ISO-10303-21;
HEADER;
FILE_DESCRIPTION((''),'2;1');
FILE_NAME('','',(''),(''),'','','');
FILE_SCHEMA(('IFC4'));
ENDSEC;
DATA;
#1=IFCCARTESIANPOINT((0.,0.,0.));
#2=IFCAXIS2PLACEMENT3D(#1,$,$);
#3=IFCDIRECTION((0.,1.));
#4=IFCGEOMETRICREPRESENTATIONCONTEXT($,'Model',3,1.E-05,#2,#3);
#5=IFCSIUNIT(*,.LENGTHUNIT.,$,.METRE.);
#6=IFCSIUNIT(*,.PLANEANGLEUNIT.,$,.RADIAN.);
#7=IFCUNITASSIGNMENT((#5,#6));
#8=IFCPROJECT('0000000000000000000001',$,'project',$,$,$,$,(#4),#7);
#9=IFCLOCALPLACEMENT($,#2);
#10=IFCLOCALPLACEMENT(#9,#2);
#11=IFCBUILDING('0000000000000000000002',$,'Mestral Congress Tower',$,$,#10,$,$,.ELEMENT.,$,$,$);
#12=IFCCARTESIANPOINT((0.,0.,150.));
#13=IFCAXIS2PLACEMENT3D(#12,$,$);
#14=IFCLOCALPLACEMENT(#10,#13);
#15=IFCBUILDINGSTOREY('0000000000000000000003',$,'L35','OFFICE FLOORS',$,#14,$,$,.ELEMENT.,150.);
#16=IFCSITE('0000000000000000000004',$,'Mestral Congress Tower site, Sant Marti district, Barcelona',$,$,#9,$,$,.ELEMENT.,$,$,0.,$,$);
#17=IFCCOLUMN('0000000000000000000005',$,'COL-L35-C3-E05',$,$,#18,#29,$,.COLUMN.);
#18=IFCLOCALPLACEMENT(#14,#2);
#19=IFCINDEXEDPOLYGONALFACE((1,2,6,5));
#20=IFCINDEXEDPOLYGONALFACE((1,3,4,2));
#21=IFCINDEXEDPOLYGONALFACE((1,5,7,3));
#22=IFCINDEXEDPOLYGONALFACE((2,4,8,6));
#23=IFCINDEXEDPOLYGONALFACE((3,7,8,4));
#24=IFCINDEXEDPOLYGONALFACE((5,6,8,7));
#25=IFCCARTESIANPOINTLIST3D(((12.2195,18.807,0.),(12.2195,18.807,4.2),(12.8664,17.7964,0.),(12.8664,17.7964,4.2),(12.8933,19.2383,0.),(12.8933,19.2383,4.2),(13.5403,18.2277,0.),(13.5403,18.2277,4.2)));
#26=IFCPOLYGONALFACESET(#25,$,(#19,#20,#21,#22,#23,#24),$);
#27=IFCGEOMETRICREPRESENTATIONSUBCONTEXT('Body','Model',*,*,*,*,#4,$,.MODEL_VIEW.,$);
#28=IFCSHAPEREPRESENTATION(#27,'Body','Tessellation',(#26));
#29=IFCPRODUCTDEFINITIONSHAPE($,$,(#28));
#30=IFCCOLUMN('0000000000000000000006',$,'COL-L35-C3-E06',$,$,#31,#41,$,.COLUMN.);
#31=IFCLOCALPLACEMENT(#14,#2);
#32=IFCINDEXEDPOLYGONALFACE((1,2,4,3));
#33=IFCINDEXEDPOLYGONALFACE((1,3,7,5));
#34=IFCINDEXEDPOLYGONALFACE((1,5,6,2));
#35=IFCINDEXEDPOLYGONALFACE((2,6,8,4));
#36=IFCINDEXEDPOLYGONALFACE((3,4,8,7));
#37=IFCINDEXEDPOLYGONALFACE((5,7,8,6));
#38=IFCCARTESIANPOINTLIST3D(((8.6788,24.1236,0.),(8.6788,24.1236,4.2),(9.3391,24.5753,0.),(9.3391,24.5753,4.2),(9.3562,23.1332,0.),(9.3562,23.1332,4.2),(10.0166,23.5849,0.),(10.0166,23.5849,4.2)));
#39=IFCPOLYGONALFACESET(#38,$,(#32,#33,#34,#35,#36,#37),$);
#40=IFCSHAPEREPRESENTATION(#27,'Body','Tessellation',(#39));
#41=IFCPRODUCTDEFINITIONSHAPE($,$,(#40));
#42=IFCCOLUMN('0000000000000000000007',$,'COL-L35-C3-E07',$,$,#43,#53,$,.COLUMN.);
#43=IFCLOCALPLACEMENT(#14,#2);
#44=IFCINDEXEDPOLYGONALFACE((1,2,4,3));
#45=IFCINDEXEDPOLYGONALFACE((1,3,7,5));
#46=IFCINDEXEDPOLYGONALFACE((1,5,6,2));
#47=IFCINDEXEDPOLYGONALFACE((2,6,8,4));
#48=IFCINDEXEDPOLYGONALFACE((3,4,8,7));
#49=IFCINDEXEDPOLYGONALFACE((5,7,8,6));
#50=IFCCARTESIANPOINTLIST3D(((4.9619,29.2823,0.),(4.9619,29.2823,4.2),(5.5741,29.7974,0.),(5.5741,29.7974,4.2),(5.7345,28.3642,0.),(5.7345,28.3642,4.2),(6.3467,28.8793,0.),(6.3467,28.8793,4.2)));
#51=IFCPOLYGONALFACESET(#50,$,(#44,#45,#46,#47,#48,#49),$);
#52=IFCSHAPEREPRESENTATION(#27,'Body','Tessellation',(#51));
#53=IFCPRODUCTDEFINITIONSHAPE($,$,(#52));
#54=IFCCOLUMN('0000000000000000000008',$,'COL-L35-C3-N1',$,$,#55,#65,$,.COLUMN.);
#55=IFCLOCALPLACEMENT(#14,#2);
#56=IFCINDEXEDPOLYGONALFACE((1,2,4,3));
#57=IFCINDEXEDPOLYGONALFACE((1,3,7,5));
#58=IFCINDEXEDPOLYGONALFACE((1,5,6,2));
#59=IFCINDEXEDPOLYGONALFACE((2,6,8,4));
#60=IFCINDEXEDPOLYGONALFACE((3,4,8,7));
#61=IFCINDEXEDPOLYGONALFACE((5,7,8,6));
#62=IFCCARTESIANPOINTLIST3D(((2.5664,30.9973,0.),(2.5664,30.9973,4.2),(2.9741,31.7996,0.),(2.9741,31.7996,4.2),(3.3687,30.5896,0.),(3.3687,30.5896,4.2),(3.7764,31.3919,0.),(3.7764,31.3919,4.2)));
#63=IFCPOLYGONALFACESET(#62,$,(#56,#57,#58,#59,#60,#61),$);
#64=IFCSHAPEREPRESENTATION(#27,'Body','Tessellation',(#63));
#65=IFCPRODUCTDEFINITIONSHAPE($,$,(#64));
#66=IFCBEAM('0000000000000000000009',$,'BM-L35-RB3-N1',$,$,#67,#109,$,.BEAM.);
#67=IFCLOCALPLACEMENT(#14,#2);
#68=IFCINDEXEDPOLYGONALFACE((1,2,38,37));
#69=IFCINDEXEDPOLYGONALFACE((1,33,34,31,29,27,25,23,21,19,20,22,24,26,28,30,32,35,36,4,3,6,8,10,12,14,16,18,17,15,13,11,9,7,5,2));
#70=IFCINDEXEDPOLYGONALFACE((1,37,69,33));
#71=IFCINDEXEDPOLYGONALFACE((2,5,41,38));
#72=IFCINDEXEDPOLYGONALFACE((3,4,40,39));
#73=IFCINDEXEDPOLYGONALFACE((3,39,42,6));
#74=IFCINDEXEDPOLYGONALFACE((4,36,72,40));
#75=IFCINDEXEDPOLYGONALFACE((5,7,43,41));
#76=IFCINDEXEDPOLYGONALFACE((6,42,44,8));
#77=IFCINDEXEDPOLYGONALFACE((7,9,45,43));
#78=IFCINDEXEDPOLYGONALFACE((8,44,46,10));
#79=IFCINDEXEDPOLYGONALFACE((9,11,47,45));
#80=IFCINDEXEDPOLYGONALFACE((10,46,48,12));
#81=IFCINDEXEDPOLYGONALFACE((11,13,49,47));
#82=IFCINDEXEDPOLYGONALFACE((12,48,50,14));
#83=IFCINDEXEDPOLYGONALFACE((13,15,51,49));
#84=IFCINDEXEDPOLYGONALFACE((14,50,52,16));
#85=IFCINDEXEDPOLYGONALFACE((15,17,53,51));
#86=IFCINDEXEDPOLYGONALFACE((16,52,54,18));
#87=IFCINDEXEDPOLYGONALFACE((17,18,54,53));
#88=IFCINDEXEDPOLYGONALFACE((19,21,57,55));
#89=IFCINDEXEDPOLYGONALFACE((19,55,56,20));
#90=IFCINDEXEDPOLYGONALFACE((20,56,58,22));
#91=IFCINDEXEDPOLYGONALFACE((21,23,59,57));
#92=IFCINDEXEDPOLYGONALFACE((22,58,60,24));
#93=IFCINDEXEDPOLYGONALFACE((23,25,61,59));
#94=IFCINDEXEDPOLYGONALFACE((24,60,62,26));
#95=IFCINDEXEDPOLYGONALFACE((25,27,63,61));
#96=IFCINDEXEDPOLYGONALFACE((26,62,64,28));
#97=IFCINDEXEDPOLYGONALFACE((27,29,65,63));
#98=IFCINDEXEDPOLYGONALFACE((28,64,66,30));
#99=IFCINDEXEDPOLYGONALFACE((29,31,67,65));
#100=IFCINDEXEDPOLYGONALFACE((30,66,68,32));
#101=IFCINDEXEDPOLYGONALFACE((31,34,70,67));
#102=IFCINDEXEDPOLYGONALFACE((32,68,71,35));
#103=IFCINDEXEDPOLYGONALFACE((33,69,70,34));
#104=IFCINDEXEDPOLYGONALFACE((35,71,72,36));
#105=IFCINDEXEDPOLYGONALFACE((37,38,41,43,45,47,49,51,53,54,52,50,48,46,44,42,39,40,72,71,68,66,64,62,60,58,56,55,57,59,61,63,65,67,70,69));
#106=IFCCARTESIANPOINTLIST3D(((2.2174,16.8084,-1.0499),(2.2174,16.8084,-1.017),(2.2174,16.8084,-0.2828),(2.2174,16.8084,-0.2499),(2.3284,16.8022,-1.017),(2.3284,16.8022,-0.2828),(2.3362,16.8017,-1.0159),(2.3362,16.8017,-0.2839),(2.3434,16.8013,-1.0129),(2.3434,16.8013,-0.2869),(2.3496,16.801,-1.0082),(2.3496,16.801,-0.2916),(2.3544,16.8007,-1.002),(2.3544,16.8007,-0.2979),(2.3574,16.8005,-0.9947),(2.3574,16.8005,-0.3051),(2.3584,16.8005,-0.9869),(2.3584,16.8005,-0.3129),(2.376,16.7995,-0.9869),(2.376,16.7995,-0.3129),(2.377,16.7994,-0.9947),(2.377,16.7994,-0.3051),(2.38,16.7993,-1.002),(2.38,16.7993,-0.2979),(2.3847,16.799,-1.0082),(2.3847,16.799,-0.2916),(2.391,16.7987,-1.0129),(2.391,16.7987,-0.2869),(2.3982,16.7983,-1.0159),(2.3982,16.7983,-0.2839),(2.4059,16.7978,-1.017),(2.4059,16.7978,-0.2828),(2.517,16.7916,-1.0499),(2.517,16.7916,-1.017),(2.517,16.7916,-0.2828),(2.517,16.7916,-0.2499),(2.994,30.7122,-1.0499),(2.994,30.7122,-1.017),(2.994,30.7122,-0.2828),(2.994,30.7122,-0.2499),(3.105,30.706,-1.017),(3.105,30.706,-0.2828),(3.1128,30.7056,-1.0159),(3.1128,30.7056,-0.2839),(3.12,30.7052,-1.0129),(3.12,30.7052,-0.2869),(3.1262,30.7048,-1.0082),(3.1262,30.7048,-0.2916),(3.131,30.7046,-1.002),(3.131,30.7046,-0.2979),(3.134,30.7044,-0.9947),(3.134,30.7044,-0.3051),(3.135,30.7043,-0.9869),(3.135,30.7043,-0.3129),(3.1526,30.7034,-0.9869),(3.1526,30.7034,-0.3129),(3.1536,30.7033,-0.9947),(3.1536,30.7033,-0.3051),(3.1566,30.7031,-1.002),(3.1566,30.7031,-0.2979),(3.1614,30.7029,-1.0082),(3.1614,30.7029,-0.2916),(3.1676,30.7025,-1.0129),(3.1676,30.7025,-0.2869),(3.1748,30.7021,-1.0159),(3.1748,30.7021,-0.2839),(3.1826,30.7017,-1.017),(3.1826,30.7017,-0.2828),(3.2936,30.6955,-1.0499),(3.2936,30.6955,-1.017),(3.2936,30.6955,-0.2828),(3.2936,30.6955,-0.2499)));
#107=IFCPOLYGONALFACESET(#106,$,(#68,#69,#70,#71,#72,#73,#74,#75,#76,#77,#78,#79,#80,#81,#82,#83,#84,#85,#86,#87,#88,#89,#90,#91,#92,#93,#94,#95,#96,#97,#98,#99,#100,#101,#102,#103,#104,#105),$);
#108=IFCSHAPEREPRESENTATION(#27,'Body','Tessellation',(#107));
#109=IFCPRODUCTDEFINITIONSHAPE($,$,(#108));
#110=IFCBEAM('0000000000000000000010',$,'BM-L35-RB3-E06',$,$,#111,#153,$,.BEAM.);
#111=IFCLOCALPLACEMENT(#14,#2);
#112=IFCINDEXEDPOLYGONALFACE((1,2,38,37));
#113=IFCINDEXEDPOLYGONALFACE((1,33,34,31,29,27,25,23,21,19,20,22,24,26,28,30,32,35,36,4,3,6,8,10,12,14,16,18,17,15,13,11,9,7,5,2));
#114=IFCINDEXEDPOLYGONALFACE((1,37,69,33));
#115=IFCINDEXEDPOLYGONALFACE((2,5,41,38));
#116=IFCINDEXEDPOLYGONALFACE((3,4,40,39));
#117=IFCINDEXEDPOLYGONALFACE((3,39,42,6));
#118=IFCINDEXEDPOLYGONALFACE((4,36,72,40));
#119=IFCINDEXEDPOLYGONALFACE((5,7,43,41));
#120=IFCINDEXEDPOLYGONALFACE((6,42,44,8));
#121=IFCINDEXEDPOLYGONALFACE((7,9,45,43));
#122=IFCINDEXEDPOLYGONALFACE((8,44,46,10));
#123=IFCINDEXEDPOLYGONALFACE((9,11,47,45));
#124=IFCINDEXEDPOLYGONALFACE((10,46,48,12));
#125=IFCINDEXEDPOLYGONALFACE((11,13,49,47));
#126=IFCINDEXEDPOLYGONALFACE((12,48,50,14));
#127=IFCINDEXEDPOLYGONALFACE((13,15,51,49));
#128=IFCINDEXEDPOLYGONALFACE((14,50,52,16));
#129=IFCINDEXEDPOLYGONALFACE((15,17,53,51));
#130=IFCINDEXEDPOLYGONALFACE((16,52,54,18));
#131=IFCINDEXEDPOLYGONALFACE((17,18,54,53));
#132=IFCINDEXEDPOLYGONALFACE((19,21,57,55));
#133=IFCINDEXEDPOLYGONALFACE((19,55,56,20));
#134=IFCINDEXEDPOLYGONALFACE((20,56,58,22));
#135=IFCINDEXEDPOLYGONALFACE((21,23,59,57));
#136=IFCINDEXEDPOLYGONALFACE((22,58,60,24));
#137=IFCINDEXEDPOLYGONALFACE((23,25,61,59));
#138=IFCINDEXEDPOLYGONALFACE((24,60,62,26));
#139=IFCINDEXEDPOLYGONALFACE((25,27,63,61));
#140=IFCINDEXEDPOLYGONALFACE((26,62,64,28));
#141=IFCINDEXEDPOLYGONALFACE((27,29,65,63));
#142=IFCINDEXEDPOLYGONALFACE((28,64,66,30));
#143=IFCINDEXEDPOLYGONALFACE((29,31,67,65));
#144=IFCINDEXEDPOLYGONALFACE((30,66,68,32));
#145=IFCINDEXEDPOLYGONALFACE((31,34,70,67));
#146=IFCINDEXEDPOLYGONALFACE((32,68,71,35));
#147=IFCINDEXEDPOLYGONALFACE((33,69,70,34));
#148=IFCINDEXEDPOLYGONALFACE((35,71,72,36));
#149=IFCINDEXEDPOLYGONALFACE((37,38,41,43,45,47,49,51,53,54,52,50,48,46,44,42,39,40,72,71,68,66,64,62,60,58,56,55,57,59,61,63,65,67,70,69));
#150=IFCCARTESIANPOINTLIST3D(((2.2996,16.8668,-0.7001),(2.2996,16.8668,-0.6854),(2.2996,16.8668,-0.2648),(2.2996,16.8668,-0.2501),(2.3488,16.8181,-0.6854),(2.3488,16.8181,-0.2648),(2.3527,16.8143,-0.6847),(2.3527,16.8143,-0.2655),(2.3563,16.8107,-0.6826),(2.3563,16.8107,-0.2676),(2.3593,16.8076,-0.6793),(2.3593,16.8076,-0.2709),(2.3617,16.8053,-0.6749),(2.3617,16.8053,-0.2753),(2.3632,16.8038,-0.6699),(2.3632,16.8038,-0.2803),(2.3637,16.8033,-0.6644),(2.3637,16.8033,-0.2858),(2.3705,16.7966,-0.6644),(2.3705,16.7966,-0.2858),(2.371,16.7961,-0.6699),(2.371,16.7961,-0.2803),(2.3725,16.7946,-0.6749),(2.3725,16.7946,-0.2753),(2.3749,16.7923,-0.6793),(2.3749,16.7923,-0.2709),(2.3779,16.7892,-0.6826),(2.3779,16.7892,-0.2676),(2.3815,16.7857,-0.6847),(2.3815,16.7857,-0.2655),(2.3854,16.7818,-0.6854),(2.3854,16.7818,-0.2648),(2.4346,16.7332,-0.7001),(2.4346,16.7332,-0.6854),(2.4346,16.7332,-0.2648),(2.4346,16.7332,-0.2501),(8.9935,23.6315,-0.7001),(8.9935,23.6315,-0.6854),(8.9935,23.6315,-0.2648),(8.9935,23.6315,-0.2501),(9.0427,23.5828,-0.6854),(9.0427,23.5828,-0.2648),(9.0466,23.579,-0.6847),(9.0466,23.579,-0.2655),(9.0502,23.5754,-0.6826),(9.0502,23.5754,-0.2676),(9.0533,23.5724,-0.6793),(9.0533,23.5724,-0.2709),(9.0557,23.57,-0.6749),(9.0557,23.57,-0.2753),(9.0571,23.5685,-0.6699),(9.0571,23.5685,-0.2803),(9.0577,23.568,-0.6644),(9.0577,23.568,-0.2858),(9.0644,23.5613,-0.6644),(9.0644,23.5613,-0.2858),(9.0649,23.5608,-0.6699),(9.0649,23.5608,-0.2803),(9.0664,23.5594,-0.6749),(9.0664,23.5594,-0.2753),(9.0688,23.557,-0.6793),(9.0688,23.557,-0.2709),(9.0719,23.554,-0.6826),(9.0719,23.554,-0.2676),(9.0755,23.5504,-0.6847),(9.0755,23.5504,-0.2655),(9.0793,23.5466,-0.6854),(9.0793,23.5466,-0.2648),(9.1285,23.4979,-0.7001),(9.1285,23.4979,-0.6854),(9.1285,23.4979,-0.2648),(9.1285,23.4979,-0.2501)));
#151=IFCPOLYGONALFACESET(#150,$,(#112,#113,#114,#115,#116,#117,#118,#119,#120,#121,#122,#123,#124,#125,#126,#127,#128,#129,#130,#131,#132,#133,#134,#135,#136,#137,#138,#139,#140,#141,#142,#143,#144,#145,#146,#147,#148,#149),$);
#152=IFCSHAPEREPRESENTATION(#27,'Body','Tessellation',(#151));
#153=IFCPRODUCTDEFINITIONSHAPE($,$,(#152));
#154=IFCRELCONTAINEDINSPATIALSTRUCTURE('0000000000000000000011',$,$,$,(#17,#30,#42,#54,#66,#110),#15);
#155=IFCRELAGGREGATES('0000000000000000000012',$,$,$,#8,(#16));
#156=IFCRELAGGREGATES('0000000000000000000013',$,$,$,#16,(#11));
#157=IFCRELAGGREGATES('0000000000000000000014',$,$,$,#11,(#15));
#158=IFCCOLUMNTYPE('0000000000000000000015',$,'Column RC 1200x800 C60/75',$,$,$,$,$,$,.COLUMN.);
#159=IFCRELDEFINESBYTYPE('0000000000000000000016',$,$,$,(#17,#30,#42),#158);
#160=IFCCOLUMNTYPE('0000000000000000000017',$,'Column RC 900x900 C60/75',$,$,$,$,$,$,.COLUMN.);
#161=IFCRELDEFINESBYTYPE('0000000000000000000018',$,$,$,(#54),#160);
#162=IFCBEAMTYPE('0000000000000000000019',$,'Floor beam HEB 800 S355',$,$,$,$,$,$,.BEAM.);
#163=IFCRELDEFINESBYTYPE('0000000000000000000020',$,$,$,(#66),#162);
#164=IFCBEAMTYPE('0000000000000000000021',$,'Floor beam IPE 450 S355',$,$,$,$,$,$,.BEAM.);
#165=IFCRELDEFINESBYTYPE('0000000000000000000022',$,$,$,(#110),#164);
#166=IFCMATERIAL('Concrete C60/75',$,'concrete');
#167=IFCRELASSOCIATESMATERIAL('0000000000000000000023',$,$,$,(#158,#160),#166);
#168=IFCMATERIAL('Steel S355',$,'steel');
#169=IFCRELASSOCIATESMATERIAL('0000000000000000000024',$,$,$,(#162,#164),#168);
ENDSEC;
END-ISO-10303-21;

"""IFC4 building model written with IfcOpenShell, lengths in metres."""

from ifc_helpers import new_model, si_unit, direction, frame, origin, origin_2d, place, context, subcontext, project, spatial, rectangle, i_section, extrude, material, material_profile, profile_set, type_object, element, save


model = new_model("IFC4")

# Units and contexts
model_context = context("Model", 3, precision=1e-05, world=origin(), true_north=direction((0.0, 1.0)))
body_context = subcontext(model_context, "Body", "Model", "MODEL_VIEW")
ifc_project = project(units=[si_unit("LENGTHUNIT", "METRE"), si_unit("PLANEANGLEUNIT", "RADIAN")], contexts=[model_context])

# Site, building, storey
site_placement = place(None, origin())
site = spatial("IfcSite", under=ifc_project, at=site_placement, Name="Mestral Congress Tower site, Sant Marti district, Barcelona", CompositionType="ELEMENT", RefElevation=0.0)
building_placement = place(site_placement, origin())
building = spatial("IfcBuilding", under=site, at=building_placement, Name="Mestral Congress Tower", CompositionType="ELEMENT")
storey_placement = place(building_placement, frame((0.0, 0.0, 150.0)))
storey = spatial("IfcBuildingStorey", under=building, at=storey_placement, Name="L35", Description="OFFICE FLOORS", CompositionType="ELEMENT", Elevation=150.0)

# Columns
ifc_material_1 = material(Name="Concrete C60/75", Category="concrete")
ifc_material_profile_1 = material_profile(ifc_material_1, rectangle(XDim=1.2, YDim=0.8, at=origin_2d()), Name="RC 1200x800")
ifc_profile_set_1 = profile_set([ifc_material_profile_1], Name="Concrete C60/75")
column_type_1 = type_object("IfcColumnType", Name="Column RC 1200x800 C60/75", PredefinedType="COLUMN", material=ifc_profile_set_1)
for number, where, z_axis, x_axis, name in (
    (1, (12.8799, 18.5173, 0.0), (0.0, 0.0, 1.0), (-0.539115, 0.842232, 0.0), "COL-L35-C3-E05"),
    (2, (9.3477, 23.8542, 0.0), (0.0, 0.0, 1.0), (-0.564568, 0.825387, 0.0), "COL-L35-C3-E06"),
    (3, (5.6543, 29.0808, 0.0), (0.0, 0.0, 1.0), (-0.643827, 0.765171, 0.0), "COL-L35-C3-E07"),
):
    element("IfcColumn", number, at=place(storey_placement, frame(where, z_axis=z_axis, x_axis=x_axis)), inside=storey, type_object=column_type_1, Name=name, PredefinedType="COLUMN", context=body_context, shape_type="SweptSolid", body=[
        extrude(rectangle(XDim=1.2, YDim=0.8, at=origin_2d()), origin(), (0.0, 0.0, 1.0), 4.2),
    ])
ifc_material_profile_2 = material_profile(ifc_material_1, rectangle(XDim=0.8999, YDim=0.8999, at=origin_2d()), Name="RC 900x900")
ifc_profile_set_2 = profile_set([ifc_material_profile_2], Name="Concrete C60/75")
column_type_2 = type_object("IfcColumnType", Name="Column RC 900x900 C60/75", PredefinedType="COLUMN", material=ifc_profile_set_2)
column_placement = place(storey_placement, frame((3.1714, 31.1946, 0.0), z_axis=(0.0, 0.0, 1.0), x_axis=(-0.891486, 0.453048, 0.0)))
element("IfcColumn", 4, at=column_placement, inside=storey, type_object=column_type_2, Name="COL-L35-C3-N1", PredefinedType="COLUMN", context=body_context, shape_type="SweptSolid", body=[
    extrude(rectangle(XDim=0.8999, YDim=0.8999, at=origin_2d()), origin(), (0.0, 0.0, 1.0), 4.2),
])

# Beams
ifc_material_2 = material(Name="Steel S355", Category="steel")
ifc_material_profile_3 = material_profile(ifc_material_2, i_section(OverallWidth=0.3, OverallDepth=0.8, WebThickness=0.0176, FlangeThickness=0.033, FilletRadius=0.03, at=origin_2d()), Name="HEB 800")
ifc_profile_set_3 = profile_set([ifc_material_profile_3], Name="Steel S355")
beam_type_1 = type_object("IfcBeamType", Name="Floor beam HEB 800 S355", PredefinedType="BEAM", material=ifc_profile_set_3)
beam_1_placement = place(storey_placement, frame((3.1438, 30.7039, -0.6499), z_axis=(-0.055769, -0.998444, 0.0), x_axis=(0.998444, -0.055769, 0.0)))
element("IfcBeam", 5, at=beam_1_placement, inside=storey, type_object=beam_type_1, Name="BM-L35-RB3-N1", PredefinedType="BEAM", context=body_context, shape_type="SweptSolid", body=[
    extrude(i_section(OverallWidth=0.3, OverallDepth=0.8, WebThickness=0.0176, FlangeThickness=0.033, FilletRadius=0.03, at=origin_2d()), origin(), (0.0, 0.0, 1.0), 13.9255),
])
ifc_material_profile_4 = material_profile(ifc_material_2, i_section(OverallWidth=0.1899, OverallDepth=0.45, WebThickness=0.0095, FlangeThickness=0.0146, FilletRadius=0.021, at=origin_2d()), Name="IPE 450")
ifc_profile_set_4 = profile_set([ifc_material_profile_4], Name="Steel S355")
beam_type_2 = type_object("IfcBeamType", Name="Floor beam IPE 450 S355", PredefinedType="BEAM", material=ifc_profile_set_4)
beam_2_placement = place(storey_placement, frame((9.061, 23.5647, -0.4751), z_axis=(-0.703377, -0.710817, 0.0), x_axis=(0.710817, -0.703377, 0.0)))
element("IfcBeam", 6, at=beam_2_placement, inside=storey, type_object=beam_type_2, Name="BM-L35-RB3-E06", PredefinedType="BEAM", context=body_context, shape_type="SweptSolid", body=[
    extrude(i_section(OverallWidth=0.1899, OverallDepth=0.45, WebThickness=0.0095, FlangeThickness=0.0146, FilletRadius=0.021, at=origin_2d()), origin(), (0.0, 0.0, 1.0), 9.5168),
])

save(model, "model.ifc")
